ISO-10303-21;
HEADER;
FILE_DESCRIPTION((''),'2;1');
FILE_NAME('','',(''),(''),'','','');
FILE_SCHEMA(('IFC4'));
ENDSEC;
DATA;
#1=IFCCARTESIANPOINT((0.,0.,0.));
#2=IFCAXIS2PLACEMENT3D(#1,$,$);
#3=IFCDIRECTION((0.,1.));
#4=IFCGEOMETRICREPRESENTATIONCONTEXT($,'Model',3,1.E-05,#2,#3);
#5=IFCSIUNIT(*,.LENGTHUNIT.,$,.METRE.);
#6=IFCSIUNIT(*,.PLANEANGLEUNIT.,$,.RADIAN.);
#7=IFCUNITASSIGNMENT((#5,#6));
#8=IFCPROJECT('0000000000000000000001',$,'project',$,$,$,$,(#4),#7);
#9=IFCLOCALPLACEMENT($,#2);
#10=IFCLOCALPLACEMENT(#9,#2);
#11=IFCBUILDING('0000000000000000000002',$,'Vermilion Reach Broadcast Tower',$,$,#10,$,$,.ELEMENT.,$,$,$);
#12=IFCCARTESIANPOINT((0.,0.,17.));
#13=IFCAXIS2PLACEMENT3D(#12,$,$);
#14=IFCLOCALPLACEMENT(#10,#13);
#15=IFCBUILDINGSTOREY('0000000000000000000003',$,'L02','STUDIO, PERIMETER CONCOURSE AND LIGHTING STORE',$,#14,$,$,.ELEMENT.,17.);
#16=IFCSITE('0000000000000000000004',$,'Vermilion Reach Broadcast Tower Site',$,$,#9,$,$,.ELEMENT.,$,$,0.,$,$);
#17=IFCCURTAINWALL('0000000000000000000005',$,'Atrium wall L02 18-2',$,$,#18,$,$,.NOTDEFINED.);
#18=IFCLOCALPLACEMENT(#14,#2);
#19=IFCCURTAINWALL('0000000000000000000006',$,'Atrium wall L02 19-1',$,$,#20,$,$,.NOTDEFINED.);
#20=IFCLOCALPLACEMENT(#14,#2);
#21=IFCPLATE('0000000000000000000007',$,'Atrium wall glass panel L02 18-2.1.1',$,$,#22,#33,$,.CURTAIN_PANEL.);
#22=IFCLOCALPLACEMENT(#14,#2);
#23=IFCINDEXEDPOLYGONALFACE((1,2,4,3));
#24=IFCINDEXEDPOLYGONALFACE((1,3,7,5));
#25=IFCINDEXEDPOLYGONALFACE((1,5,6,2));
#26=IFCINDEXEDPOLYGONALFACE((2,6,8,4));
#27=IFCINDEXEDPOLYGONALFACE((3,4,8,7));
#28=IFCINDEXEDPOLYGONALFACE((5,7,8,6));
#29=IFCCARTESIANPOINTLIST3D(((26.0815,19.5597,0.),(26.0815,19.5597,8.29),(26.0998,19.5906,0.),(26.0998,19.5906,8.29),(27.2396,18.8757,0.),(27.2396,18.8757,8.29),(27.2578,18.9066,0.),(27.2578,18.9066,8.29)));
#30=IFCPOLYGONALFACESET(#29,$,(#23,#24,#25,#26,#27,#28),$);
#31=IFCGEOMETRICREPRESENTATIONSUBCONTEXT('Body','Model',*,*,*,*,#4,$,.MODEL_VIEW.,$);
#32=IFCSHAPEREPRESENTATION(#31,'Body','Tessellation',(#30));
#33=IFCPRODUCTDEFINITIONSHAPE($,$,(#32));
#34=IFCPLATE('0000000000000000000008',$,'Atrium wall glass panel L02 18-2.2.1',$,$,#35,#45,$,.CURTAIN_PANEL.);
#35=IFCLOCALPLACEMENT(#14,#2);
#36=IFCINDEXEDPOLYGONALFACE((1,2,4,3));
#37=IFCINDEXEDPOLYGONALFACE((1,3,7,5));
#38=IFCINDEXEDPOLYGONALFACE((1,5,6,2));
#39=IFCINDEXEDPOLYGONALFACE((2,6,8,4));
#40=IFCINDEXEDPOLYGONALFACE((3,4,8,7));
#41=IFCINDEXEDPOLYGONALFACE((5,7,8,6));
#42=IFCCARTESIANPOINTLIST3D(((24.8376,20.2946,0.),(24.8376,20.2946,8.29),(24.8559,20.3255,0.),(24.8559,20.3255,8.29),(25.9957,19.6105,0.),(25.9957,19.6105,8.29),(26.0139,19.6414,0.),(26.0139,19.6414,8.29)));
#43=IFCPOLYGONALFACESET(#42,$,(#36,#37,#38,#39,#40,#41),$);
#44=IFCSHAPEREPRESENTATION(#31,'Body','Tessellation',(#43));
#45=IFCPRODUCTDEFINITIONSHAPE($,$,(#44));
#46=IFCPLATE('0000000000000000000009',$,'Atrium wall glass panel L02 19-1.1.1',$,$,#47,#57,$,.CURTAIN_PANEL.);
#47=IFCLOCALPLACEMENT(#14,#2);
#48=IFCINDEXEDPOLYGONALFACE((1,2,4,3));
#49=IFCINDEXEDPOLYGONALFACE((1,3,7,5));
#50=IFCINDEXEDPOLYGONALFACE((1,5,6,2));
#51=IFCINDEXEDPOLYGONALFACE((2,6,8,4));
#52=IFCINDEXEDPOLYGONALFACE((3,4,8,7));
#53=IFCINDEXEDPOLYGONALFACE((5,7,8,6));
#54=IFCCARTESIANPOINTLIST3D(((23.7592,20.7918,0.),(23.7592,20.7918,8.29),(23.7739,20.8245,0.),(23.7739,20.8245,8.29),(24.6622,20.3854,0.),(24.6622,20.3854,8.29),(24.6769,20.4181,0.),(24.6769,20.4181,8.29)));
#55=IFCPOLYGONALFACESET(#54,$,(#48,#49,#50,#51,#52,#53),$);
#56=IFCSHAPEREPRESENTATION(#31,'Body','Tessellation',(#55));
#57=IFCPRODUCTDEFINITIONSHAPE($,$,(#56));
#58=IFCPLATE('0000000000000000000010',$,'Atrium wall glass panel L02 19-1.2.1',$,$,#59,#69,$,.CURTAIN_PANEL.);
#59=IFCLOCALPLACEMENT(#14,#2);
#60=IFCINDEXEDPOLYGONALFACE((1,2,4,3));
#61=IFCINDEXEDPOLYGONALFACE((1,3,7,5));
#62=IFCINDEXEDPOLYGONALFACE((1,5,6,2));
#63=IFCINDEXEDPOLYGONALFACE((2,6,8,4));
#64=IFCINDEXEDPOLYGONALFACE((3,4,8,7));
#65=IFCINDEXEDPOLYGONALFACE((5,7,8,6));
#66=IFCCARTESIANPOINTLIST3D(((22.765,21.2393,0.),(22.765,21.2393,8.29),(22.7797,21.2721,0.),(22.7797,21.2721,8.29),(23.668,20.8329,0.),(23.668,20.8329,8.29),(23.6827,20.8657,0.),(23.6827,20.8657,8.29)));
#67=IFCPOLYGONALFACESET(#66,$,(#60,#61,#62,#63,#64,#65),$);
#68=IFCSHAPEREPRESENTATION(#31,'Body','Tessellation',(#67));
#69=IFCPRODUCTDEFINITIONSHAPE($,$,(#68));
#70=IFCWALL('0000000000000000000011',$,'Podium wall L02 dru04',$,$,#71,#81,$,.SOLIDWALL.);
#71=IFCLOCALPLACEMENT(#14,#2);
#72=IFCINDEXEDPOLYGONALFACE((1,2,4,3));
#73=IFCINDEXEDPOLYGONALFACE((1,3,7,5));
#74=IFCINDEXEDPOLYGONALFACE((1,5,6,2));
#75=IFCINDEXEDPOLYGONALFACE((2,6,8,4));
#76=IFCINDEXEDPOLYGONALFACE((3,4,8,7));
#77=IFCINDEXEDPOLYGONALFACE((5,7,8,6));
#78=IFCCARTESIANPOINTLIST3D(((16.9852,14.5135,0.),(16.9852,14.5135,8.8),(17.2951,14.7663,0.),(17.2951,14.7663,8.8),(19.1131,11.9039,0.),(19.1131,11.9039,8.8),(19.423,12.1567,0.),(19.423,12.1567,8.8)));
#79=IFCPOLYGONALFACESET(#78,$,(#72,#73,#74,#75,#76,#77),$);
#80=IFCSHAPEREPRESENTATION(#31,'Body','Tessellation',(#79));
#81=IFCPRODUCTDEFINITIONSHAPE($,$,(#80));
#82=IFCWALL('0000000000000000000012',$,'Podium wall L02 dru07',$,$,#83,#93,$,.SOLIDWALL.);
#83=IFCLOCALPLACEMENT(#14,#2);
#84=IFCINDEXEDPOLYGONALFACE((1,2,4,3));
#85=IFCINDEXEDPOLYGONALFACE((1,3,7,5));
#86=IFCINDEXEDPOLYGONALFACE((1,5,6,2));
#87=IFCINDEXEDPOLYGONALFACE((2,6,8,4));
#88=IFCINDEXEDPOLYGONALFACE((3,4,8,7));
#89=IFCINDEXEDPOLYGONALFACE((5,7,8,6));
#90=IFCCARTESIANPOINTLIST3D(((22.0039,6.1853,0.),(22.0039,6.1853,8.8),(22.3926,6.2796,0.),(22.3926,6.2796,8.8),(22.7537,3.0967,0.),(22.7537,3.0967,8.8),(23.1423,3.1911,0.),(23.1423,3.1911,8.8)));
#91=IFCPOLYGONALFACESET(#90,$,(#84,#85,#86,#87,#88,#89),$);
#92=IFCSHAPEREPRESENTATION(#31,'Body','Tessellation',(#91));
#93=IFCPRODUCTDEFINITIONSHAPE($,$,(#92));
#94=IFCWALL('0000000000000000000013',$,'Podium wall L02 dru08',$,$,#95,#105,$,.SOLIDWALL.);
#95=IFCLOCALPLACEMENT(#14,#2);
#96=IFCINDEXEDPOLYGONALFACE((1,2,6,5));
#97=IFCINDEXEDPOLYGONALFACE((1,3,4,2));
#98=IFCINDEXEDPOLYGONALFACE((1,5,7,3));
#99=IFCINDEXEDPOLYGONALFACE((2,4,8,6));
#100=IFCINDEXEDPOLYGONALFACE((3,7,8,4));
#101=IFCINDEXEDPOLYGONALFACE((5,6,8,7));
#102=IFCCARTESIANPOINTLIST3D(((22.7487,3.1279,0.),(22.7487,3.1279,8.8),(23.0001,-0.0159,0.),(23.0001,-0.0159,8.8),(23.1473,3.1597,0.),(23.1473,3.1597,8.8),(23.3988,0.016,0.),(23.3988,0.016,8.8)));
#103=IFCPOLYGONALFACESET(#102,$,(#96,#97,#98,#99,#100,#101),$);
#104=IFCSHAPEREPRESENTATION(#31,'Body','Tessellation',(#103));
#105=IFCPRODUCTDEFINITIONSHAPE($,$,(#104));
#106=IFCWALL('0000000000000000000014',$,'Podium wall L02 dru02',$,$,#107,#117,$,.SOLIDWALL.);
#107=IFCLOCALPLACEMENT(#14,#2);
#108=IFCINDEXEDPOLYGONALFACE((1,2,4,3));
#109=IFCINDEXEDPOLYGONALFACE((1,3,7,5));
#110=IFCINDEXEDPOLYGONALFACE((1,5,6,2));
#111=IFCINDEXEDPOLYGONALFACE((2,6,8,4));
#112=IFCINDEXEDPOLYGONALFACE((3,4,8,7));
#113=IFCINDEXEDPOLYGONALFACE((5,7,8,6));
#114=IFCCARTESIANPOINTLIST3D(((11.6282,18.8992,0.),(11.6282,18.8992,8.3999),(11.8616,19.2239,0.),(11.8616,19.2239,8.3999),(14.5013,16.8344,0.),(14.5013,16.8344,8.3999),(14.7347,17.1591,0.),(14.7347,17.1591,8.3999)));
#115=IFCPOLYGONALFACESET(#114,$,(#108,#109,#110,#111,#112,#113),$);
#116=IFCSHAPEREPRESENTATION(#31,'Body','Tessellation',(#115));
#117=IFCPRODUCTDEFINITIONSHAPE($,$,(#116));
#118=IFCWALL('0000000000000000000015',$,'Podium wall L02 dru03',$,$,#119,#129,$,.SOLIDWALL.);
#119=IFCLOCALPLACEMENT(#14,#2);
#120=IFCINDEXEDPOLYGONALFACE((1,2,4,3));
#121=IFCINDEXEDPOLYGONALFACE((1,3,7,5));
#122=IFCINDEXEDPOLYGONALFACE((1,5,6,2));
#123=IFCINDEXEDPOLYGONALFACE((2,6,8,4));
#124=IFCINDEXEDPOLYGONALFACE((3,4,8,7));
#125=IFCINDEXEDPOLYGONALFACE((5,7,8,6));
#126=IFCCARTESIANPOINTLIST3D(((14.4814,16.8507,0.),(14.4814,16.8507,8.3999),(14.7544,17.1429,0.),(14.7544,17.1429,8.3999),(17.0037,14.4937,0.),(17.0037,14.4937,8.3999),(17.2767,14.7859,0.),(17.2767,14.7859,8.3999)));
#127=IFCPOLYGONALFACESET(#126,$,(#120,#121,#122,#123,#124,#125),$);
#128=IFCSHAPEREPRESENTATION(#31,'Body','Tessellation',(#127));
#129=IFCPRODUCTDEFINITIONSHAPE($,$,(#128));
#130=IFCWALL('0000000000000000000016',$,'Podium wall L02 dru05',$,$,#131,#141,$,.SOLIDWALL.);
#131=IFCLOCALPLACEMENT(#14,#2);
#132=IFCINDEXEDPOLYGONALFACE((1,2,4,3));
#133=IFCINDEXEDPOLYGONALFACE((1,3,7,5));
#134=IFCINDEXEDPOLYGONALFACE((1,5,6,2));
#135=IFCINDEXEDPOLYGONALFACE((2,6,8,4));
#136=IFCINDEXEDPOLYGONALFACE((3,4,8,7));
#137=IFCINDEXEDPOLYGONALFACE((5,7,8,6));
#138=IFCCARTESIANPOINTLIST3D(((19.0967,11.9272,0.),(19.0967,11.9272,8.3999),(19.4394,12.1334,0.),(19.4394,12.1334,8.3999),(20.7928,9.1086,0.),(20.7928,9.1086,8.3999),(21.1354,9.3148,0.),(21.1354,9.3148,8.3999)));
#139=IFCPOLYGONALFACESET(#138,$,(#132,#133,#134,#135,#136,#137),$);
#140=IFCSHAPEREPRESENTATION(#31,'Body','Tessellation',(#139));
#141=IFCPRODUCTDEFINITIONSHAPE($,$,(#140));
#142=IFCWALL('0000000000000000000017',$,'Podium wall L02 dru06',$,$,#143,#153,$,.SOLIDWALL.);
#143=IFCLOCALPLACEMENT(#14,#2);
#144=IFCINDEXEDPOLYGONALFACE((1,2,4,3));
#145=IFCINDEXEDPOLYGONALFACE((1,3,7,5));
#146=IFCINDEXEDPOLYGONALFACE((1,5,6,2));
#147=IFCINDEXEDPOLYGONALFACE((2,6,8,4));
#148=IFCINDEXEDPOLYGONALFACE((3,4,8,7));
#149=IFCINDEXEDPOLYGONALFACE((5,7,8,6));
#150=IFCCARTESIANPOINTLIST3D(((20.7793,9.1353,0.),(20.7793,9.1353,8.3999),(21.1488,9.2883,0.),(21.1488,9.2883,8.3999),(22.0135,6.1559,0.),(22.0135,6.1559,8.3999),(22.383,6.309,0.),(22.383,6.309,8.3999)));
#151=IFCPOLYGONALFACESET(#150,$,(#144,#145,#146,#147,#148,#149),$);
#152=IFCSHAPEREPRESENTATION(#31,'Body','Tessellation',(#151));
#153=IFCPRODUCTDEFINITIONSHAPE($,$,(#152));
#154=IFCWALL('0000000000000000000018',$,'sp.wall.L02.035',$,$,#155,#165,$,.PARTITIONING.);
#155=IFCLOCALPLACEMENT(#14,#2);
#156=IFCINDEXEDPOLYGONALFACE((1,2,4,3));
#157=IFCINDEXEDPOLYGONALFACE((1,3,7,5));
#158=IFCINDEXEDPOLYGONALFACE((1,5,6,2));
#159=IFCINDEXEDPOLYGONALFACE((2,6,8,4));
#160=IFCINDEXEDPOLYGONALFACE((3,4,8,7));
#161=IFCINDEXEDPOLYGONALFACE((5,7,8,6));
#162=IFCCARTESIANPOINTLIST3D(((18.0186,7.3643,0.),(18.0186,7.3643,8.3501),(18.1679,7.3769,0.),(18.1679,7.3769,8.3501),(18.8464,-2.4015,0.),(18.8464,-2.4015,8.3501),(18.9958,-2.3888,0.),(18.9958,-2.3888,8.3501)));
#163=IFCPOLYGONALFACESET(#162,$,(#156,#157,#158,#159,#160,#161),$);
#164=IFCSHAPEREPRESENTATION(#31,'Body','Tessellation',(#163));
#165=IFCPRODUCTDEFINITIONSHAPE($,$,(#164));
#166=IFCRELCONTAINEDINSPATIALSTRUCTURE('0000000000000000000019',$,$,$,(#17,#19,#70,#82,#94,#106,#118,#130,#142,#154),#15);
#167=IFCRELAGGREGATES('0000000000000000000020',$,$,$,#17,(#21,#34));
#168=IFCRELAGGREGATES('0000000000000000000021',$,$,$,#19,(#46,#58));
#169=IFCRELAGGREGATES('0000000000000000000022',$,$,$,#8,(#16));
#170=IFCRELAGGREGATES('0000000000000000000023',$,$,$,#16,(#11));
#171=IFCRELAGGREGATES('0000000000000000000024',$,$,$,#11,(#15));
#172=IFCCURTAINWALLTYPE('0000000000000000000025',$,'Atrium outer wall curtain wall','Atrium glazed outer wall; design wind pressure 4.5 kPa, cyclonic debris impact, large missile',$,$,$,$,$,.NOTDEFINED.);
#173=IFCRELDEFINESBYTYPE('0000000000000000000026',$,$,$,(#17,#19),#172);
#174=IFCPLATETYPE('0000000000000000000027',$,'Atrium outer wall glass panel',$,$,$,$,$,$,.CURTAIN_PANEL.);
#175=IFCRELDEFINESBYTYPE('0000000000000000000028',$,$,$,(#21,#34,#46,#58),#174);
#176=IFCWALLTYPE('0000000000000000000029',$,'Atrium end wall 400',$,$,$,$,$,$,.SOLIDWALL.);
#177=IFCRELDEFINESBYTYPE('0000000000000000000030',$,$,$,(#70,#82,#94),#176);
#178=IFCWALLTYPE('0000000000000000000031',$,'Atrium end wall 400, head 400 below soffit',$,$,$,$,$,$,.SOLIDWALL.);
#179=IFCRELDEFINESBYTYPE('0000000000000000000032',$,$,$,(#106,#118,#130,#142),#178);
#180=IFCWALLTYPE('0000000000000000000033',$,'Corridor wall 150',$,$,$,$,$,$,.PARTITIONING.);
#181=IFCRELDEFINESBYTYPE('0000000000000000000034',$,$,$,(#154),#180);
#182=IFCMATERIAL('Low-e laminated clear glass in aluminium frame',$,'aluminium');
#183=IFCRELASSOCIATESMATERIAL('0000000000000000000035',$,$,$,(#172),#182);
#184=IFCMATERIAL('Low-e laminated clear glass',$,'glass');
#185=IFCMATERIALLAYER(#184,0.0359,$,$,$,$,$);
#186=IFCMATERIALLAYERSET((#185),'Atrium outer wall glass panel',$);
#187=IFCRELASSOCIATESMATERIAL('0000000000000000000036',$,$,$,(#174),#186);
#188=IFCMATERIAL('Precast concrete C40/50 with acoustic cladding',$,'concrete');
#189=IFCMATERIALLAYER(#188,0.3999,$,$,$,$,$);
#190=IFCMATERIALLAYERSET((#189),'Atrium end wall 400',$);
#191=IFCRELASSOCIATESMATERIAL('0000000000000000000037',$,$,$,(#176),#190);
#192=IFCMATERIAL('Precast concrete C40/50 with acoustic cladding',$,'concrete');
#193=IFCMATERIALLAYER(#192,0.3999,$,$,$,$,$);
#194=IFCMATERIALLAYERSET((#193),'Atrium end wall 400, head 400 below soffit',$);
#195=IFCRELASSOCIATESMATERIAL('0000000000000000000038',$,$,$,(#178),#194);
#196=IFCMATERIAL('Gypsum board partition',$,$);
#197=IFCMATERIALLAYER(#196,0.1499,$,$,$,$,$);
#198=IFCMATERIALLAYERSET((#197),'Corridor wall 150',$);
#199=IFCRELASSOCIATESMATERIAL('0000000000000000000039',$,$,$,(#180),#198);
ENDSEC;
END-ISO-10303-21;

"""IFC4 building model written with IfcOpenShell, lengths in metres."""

from ifc_helpers import new_model, si_unit, direction, frame, frame_2d, origin, origin_2d, place, context, subcontext, project, spatial, rectangle, extrude, material, layer, layer_set, type_object, element, aggregate, save


model = new_model("IFC4")

# Units and contexts
model_context = context("Model", 3, precision=1e-05, world=origin(), true_north=direction((0.0, 1.0)))
body_context = subcontext(model_context, "Body", "Model", "MODEL_VIEW")
ifc_project = project(units=[si_unit("LENGTHUNIT", "METRE"), si_unit("PLANEANGLEUNIT", "RADIAN")], contexts=[model_context])

# Site, building, storey
site_placement = place(None, origin())
site = spatial("IfcSite", under=ifc_project, at=site_placement, Name="Vermilion Reach Broadcast Tower Site", CompositionType="ELEMENT", RefElevation=0.0)
building_placement = place(site_placement, origin())
building = spatial("IfcBuilding", under=site, at=building_placement, Name="Vermilion Reach Broadcast Tower", CompositionType="ELEMENT")
storey_placement = place(building_placement, frame((0.0, 0.0, 17.0)))
storey = spatial("IfcBuildingStorey", under=building, at=storey_placement, Name="L02", Description="STUDIO, PERIMETER CONCOURSE AND LIGHTING STORE", CompositionType="ELEMENT", Elevation=17.0)

# Curtain walls
ifc_material_1 = material(Name="Low-e laminated clear glass in aluminium frame", Category="aluminium")
curtain_wall_type = type_object("IfcCurtainWallType", Name="Atrium outer wall curtain wall", Description="Atrium glazed outer wall; design wind pressure 4.5 kPa, cyclonic debris impact, large missile", PredefinedType="NOTDEFINED", material=ifc_material_1)
placement = place(storey_placement, origin())
curtain_wall_1 = element("IfcCurtainWall", 1, at=placement, inside=storey, type_object=curtain_wall_type, Name="Atrium wall L02 18-2", PredefinedType="NOTDEFINED")
curtain_wall_2 = element("IfcCurtainWall", 2, at=placement, inside=storey, type_object=curtain_wall_type, Name="Atrium wall L02 19-1", PredefinedType="NOTDEFINED")

# Plates
ifc_material_2 = material(Name="Low-e laminated clear glass", Category="glass")
ifc_layer_1 = layer(ifc_material_2, 0.0359)
ifc_layer_set_1 = layer_set([ifc_layer_1], Name="Atrium outer wall glass panel")
plate_type = type_object("IfcPlateType", Name="Atrium outer wall glass panel", PredefinedType="CURTAIN_PANEL", material=ifc_layer_set_1)
plate_1_placement = place(storey_placement, frame((26.6697, 19.2332, 0.0), z_axis=(0.0, 0.0, 1.0), x_axis=(-0.861009, 0.50859, 0.0)))
plate_1 = element("IfcPlate", 3, at=plate_1_placement, type_object=plate_type, Name="Atrium wall glass panel L02 18-2.1.1", PredefinedType="CURTAIN_PANEL", context=body_context, shape_type="SweptSolid", body=[
    extrude(rectangle(XDim=1.345, YDim=0.0359, at=origin_2d()), origin(), (0.0, 0.0, 1.0), 8.29),
])
plate_2_placement = place(storey_placement, frame((25.4258, 19.968, 0.0), z_axis=(0.0, 0.0, 1.0), x_axis=(-0.861009, 0.50859, 0.0)))
plate_2 = element("IfcPlate", 4, at=plate_2_placement, type_object=plate_type, Name="Atrium wall glass panel L02 18-2.2.1", PredefinedType="CURTAIN_PANEL", context=body_context, shape_type="SweptSolid", body=[
    extrude(rectangle(XDim=1.345, YDim=0.0359, at=origin_2d()), origin(), (0.0, 0.0, 1.0), 8.29),
])
aggregate(curtain_wall_1, [plate_1, plate_2])
plate_3_placement = place(storey_placement, frame((24.218, 20.605, 0.0), z_axis=(0.0, 0.0, 1.0), x_axis=(-0.911902, 0.410408, 0.0)))
plate_3 = element("IfcPlate", 5, at=plate_3_placement, type_object=plate_type, Name="Atrium wall glass panel L02 19-1.1.1", PredefinedType="CURTAIN_PANEL", context=body_context, shape_type="SweptSolid", body=[
    extrude(rectangle(XDim=0.9902, YDim=0.0359, at=origin_2d()), origin(), (0.0, 0.0, 1.0), 8.29),
])
plate_4_placement = place(storey_placement, frame((23.2239, 21.0525, 0.0), z_axis=(0.0, 0.0, 1.0), x_axis=(-0.911902, 0.410408, 0.0)))
plate_4 = element("IfcPlate", 6, at=plate_4_placement, type_object=plate_type, Name="Atrium wall glass panel L02 19-1.2.1", PredefinedType="CURTAIN_PANEL", context=body_context, shape_type="SweptSolid", body=[
    extrude(rectangle(XDim=0.9902, YDim=0.0359, at=origin_2d()), origin(), (0.0, 0.0, 1.0), 8.29),
])
aggregate(curtain_wall_2, [plate_3, plate_4])

# Walls
ifc_material_3 = material(Name="Precast concrete C40/50 with acoustic cladding", Category="concrete")
ifc_layer_2 = layer(ifc_material_3, 0.3999)
ifc_layer_set_2 = layer_set([ifc_layer_2], Name="Atrium end wall 400")
wall_type_1 = type_object("IfcWallType", Name="Atrium end wall 400", PredefinedType="SOLIDWALL", material=ifc_layer_set_2)
wall_1_placement = place(storey_placement, frame((17.1401, 14.6399, 0.0), z_axis=(0.0, 0.0, 1.0), x_axis=(0.631954, -0.775006, 0.0)))
element("IfcWall", 7, at=wall_1_placement, inside=storey, type_object=wall_type_1, Name="Podium wall L02 dru04", PredefinedType="SOLIDWALL", context=body_context, shape_type="SweptSolid", body=[
    extrude(rectangle(XDim=3.3672, YDim=0.3999, at=frame_2d((1.6836, 0.0))), origin(), (0.0, 0.0, 1.0), 8.8),
])
wall_2_placement = place(storey_placement, frame((22.1982, 6.2324, 0.0), z_axis=(0.0, 0.0, 1.0), x_axis=(0.235897, -0.971778, 0.0)))
element("IfcWall", 8, at=wall_2_placement, inside=storey, type_object=wall_type_1, Name="Podium wall L02 dru07", PredefinedType="SOLIDWALL", context=body_context, shape_type="SweptSolid", body=[
    extrude(rectangle(XDim=3.1782, YDim=0.3999, at=frame_2d((1.5891, 0.0))), origin(), (0.0, 0.0, 1.0), 8.8),
])
wall_3_placement = place(storey_placement, frame((22.948, 3.1438, 0.0), z_axis=(0.0, 0.0, 1.0), x_axis=(0.079733, -0.996816, 0.0)))
element("IfcWall", 9, at=wall_3_placement, inside=storey, type_object=wall_type_1, Name="Podium wall L02 dru08", PredefinedType="SOLIDWALL", context=body_context, shape_type="SweptSolid", body=[
    extrude(rectangle(XDim=3.1538, YDim=0.3999, at=frame_2d((1.5769, 0.0))), origin(), (0.0, 0.0, 1.0), 8.8),
])
ifc_material_4 = material(Name="Precast concrete C40/50 with acoustic cladding", Category="concrete")
ifc_layer_3 = layer(ifc_material_4, 0.3999)
ifc_layer_set_3 = layer_set([ifc_layer_3], Name="Atrium end wall 400, head 400 below soffit")
wall_type_2 = type_object("IfcWallType", Name="Atrium end wall 400, head 400 below soffit", PredefinedType="SOLIDWALL", material=ifc_layer_set_3)
wall_4_placement = place(storey_placement, frame((11.7449, 19.0615, 0.0), z_axis=(0.0, 0.0, 1.0), x_axis=(0.812056, -0.583579, 0.0)))
element("IfcWall", 10, at=wall_4_placement, inside=storey, type_object=wall_type_2, Name="Podium wall L02 dru02", PredefinedType="SOLIDWALL", context=body_context, shape_type="SweptSolid", body=[
    extrude(rectangle(XDim=3.5381, YDim=0.3999, at=frame_2d((1.769, 0.0))), origin(), (0.0, 0.0, 1.0), 8.3999),
])
wall_5_placement = place(storey_placement, frame((14.6179, 16.9968, 0.0), z_axis=(0.0, 0.0, 1.0), x_axis=(0.730641, -0.682762, 0.0)))
element("IfcWall", 11, at=wall_5_placement, inside=storey, type_object=wall_type_2, Name="Podium wall L02 dru03", PredefinedType="SOLIDWALL", context=body_context, shape_type="SweptSolid", body=[
    extrude(rectangle(XDim=3.4521, YDim=0.3999, at=frame_2d((1.7261, 0.0))), origin(), (0.0, 0.0, 1.0), 8.3999),
])
wall_6_placement = place(storey_placement, frame((19.2681, 12.0303, 0.0), z_axis=(0.0, 0.0, 1.0), x_axis=(0.515587, -0.856837, 0.0)))
element("IfcWall", 12, at=wall_6_placement, inside=storey, type_object=wall_type_2, Name="Podium wall L02 dru05", PredefinedType="SOLIDWALL", context=body_context, shape_type="SweptSolid", body=[
    extrude(rectangle(XDim=3.2896, YDim=0.3999, at=frame_2d((1.6448, 0.0))), origin(), (0.0, 0.0, 1.0), 8.3999),
])
wall_7_placement = place(storey_placement, frame((20.9641, 9.2117, 0.0), z_axis=(0.0, 0.0, 1.0), x_axis=(0.382706, -0.92387, 0.0)))
element("IfcWall", 13, at=wall_7_placement, inside=storey, type_object=wall_type_2, Name="Podium wall L02 dru06", PredefinedType="SOLIDWALL", context=body_context, shape_type="SweptSolid", body=[
    extrude(rectangle(XDim=3.2249, YDim=0.3999, at=frame_2d((1.6123, 0.0))), origin(), (0.0, 0.0, 1.0), 8.3999),
])
ifc_material_5 = material(Name="Gypsum board partition")
ifc_layer_4 = layer(ifc_material_5, 0.1499)
ifc_layer_set_4 = layer_set([ifc_layer_4], Name="Corridor wall 150")
wall_type_3 = type_object("IfcWallType", Name="Corridor wall 150", PredefinedType="PARTITIONING", material=ifc_layer_set_4)
wall_8_placement = place(storey_placement, frame((18.0933, 7.3706, 0.0), z_axis=(0.0, 0.0, 1.0), x_axis=(0.08447, -0.996426, 0.0)))
element("IfcWall", 14, at=wall_8_placement, inside=storey, type_object=wall_type_3, Name="sp.wall.L02.035", PredefinedType="PARTITIONING", context=body_context, shape_type="SweptSolid", body=[
    extrude(rectangle(XDim=9.8008, YDim=0.1499, at=frame_2d((4.9004, 0.0))), origin(), (0.0, 0.0, 1.0), 8.3501),
])

save(model, "model.ifc")
